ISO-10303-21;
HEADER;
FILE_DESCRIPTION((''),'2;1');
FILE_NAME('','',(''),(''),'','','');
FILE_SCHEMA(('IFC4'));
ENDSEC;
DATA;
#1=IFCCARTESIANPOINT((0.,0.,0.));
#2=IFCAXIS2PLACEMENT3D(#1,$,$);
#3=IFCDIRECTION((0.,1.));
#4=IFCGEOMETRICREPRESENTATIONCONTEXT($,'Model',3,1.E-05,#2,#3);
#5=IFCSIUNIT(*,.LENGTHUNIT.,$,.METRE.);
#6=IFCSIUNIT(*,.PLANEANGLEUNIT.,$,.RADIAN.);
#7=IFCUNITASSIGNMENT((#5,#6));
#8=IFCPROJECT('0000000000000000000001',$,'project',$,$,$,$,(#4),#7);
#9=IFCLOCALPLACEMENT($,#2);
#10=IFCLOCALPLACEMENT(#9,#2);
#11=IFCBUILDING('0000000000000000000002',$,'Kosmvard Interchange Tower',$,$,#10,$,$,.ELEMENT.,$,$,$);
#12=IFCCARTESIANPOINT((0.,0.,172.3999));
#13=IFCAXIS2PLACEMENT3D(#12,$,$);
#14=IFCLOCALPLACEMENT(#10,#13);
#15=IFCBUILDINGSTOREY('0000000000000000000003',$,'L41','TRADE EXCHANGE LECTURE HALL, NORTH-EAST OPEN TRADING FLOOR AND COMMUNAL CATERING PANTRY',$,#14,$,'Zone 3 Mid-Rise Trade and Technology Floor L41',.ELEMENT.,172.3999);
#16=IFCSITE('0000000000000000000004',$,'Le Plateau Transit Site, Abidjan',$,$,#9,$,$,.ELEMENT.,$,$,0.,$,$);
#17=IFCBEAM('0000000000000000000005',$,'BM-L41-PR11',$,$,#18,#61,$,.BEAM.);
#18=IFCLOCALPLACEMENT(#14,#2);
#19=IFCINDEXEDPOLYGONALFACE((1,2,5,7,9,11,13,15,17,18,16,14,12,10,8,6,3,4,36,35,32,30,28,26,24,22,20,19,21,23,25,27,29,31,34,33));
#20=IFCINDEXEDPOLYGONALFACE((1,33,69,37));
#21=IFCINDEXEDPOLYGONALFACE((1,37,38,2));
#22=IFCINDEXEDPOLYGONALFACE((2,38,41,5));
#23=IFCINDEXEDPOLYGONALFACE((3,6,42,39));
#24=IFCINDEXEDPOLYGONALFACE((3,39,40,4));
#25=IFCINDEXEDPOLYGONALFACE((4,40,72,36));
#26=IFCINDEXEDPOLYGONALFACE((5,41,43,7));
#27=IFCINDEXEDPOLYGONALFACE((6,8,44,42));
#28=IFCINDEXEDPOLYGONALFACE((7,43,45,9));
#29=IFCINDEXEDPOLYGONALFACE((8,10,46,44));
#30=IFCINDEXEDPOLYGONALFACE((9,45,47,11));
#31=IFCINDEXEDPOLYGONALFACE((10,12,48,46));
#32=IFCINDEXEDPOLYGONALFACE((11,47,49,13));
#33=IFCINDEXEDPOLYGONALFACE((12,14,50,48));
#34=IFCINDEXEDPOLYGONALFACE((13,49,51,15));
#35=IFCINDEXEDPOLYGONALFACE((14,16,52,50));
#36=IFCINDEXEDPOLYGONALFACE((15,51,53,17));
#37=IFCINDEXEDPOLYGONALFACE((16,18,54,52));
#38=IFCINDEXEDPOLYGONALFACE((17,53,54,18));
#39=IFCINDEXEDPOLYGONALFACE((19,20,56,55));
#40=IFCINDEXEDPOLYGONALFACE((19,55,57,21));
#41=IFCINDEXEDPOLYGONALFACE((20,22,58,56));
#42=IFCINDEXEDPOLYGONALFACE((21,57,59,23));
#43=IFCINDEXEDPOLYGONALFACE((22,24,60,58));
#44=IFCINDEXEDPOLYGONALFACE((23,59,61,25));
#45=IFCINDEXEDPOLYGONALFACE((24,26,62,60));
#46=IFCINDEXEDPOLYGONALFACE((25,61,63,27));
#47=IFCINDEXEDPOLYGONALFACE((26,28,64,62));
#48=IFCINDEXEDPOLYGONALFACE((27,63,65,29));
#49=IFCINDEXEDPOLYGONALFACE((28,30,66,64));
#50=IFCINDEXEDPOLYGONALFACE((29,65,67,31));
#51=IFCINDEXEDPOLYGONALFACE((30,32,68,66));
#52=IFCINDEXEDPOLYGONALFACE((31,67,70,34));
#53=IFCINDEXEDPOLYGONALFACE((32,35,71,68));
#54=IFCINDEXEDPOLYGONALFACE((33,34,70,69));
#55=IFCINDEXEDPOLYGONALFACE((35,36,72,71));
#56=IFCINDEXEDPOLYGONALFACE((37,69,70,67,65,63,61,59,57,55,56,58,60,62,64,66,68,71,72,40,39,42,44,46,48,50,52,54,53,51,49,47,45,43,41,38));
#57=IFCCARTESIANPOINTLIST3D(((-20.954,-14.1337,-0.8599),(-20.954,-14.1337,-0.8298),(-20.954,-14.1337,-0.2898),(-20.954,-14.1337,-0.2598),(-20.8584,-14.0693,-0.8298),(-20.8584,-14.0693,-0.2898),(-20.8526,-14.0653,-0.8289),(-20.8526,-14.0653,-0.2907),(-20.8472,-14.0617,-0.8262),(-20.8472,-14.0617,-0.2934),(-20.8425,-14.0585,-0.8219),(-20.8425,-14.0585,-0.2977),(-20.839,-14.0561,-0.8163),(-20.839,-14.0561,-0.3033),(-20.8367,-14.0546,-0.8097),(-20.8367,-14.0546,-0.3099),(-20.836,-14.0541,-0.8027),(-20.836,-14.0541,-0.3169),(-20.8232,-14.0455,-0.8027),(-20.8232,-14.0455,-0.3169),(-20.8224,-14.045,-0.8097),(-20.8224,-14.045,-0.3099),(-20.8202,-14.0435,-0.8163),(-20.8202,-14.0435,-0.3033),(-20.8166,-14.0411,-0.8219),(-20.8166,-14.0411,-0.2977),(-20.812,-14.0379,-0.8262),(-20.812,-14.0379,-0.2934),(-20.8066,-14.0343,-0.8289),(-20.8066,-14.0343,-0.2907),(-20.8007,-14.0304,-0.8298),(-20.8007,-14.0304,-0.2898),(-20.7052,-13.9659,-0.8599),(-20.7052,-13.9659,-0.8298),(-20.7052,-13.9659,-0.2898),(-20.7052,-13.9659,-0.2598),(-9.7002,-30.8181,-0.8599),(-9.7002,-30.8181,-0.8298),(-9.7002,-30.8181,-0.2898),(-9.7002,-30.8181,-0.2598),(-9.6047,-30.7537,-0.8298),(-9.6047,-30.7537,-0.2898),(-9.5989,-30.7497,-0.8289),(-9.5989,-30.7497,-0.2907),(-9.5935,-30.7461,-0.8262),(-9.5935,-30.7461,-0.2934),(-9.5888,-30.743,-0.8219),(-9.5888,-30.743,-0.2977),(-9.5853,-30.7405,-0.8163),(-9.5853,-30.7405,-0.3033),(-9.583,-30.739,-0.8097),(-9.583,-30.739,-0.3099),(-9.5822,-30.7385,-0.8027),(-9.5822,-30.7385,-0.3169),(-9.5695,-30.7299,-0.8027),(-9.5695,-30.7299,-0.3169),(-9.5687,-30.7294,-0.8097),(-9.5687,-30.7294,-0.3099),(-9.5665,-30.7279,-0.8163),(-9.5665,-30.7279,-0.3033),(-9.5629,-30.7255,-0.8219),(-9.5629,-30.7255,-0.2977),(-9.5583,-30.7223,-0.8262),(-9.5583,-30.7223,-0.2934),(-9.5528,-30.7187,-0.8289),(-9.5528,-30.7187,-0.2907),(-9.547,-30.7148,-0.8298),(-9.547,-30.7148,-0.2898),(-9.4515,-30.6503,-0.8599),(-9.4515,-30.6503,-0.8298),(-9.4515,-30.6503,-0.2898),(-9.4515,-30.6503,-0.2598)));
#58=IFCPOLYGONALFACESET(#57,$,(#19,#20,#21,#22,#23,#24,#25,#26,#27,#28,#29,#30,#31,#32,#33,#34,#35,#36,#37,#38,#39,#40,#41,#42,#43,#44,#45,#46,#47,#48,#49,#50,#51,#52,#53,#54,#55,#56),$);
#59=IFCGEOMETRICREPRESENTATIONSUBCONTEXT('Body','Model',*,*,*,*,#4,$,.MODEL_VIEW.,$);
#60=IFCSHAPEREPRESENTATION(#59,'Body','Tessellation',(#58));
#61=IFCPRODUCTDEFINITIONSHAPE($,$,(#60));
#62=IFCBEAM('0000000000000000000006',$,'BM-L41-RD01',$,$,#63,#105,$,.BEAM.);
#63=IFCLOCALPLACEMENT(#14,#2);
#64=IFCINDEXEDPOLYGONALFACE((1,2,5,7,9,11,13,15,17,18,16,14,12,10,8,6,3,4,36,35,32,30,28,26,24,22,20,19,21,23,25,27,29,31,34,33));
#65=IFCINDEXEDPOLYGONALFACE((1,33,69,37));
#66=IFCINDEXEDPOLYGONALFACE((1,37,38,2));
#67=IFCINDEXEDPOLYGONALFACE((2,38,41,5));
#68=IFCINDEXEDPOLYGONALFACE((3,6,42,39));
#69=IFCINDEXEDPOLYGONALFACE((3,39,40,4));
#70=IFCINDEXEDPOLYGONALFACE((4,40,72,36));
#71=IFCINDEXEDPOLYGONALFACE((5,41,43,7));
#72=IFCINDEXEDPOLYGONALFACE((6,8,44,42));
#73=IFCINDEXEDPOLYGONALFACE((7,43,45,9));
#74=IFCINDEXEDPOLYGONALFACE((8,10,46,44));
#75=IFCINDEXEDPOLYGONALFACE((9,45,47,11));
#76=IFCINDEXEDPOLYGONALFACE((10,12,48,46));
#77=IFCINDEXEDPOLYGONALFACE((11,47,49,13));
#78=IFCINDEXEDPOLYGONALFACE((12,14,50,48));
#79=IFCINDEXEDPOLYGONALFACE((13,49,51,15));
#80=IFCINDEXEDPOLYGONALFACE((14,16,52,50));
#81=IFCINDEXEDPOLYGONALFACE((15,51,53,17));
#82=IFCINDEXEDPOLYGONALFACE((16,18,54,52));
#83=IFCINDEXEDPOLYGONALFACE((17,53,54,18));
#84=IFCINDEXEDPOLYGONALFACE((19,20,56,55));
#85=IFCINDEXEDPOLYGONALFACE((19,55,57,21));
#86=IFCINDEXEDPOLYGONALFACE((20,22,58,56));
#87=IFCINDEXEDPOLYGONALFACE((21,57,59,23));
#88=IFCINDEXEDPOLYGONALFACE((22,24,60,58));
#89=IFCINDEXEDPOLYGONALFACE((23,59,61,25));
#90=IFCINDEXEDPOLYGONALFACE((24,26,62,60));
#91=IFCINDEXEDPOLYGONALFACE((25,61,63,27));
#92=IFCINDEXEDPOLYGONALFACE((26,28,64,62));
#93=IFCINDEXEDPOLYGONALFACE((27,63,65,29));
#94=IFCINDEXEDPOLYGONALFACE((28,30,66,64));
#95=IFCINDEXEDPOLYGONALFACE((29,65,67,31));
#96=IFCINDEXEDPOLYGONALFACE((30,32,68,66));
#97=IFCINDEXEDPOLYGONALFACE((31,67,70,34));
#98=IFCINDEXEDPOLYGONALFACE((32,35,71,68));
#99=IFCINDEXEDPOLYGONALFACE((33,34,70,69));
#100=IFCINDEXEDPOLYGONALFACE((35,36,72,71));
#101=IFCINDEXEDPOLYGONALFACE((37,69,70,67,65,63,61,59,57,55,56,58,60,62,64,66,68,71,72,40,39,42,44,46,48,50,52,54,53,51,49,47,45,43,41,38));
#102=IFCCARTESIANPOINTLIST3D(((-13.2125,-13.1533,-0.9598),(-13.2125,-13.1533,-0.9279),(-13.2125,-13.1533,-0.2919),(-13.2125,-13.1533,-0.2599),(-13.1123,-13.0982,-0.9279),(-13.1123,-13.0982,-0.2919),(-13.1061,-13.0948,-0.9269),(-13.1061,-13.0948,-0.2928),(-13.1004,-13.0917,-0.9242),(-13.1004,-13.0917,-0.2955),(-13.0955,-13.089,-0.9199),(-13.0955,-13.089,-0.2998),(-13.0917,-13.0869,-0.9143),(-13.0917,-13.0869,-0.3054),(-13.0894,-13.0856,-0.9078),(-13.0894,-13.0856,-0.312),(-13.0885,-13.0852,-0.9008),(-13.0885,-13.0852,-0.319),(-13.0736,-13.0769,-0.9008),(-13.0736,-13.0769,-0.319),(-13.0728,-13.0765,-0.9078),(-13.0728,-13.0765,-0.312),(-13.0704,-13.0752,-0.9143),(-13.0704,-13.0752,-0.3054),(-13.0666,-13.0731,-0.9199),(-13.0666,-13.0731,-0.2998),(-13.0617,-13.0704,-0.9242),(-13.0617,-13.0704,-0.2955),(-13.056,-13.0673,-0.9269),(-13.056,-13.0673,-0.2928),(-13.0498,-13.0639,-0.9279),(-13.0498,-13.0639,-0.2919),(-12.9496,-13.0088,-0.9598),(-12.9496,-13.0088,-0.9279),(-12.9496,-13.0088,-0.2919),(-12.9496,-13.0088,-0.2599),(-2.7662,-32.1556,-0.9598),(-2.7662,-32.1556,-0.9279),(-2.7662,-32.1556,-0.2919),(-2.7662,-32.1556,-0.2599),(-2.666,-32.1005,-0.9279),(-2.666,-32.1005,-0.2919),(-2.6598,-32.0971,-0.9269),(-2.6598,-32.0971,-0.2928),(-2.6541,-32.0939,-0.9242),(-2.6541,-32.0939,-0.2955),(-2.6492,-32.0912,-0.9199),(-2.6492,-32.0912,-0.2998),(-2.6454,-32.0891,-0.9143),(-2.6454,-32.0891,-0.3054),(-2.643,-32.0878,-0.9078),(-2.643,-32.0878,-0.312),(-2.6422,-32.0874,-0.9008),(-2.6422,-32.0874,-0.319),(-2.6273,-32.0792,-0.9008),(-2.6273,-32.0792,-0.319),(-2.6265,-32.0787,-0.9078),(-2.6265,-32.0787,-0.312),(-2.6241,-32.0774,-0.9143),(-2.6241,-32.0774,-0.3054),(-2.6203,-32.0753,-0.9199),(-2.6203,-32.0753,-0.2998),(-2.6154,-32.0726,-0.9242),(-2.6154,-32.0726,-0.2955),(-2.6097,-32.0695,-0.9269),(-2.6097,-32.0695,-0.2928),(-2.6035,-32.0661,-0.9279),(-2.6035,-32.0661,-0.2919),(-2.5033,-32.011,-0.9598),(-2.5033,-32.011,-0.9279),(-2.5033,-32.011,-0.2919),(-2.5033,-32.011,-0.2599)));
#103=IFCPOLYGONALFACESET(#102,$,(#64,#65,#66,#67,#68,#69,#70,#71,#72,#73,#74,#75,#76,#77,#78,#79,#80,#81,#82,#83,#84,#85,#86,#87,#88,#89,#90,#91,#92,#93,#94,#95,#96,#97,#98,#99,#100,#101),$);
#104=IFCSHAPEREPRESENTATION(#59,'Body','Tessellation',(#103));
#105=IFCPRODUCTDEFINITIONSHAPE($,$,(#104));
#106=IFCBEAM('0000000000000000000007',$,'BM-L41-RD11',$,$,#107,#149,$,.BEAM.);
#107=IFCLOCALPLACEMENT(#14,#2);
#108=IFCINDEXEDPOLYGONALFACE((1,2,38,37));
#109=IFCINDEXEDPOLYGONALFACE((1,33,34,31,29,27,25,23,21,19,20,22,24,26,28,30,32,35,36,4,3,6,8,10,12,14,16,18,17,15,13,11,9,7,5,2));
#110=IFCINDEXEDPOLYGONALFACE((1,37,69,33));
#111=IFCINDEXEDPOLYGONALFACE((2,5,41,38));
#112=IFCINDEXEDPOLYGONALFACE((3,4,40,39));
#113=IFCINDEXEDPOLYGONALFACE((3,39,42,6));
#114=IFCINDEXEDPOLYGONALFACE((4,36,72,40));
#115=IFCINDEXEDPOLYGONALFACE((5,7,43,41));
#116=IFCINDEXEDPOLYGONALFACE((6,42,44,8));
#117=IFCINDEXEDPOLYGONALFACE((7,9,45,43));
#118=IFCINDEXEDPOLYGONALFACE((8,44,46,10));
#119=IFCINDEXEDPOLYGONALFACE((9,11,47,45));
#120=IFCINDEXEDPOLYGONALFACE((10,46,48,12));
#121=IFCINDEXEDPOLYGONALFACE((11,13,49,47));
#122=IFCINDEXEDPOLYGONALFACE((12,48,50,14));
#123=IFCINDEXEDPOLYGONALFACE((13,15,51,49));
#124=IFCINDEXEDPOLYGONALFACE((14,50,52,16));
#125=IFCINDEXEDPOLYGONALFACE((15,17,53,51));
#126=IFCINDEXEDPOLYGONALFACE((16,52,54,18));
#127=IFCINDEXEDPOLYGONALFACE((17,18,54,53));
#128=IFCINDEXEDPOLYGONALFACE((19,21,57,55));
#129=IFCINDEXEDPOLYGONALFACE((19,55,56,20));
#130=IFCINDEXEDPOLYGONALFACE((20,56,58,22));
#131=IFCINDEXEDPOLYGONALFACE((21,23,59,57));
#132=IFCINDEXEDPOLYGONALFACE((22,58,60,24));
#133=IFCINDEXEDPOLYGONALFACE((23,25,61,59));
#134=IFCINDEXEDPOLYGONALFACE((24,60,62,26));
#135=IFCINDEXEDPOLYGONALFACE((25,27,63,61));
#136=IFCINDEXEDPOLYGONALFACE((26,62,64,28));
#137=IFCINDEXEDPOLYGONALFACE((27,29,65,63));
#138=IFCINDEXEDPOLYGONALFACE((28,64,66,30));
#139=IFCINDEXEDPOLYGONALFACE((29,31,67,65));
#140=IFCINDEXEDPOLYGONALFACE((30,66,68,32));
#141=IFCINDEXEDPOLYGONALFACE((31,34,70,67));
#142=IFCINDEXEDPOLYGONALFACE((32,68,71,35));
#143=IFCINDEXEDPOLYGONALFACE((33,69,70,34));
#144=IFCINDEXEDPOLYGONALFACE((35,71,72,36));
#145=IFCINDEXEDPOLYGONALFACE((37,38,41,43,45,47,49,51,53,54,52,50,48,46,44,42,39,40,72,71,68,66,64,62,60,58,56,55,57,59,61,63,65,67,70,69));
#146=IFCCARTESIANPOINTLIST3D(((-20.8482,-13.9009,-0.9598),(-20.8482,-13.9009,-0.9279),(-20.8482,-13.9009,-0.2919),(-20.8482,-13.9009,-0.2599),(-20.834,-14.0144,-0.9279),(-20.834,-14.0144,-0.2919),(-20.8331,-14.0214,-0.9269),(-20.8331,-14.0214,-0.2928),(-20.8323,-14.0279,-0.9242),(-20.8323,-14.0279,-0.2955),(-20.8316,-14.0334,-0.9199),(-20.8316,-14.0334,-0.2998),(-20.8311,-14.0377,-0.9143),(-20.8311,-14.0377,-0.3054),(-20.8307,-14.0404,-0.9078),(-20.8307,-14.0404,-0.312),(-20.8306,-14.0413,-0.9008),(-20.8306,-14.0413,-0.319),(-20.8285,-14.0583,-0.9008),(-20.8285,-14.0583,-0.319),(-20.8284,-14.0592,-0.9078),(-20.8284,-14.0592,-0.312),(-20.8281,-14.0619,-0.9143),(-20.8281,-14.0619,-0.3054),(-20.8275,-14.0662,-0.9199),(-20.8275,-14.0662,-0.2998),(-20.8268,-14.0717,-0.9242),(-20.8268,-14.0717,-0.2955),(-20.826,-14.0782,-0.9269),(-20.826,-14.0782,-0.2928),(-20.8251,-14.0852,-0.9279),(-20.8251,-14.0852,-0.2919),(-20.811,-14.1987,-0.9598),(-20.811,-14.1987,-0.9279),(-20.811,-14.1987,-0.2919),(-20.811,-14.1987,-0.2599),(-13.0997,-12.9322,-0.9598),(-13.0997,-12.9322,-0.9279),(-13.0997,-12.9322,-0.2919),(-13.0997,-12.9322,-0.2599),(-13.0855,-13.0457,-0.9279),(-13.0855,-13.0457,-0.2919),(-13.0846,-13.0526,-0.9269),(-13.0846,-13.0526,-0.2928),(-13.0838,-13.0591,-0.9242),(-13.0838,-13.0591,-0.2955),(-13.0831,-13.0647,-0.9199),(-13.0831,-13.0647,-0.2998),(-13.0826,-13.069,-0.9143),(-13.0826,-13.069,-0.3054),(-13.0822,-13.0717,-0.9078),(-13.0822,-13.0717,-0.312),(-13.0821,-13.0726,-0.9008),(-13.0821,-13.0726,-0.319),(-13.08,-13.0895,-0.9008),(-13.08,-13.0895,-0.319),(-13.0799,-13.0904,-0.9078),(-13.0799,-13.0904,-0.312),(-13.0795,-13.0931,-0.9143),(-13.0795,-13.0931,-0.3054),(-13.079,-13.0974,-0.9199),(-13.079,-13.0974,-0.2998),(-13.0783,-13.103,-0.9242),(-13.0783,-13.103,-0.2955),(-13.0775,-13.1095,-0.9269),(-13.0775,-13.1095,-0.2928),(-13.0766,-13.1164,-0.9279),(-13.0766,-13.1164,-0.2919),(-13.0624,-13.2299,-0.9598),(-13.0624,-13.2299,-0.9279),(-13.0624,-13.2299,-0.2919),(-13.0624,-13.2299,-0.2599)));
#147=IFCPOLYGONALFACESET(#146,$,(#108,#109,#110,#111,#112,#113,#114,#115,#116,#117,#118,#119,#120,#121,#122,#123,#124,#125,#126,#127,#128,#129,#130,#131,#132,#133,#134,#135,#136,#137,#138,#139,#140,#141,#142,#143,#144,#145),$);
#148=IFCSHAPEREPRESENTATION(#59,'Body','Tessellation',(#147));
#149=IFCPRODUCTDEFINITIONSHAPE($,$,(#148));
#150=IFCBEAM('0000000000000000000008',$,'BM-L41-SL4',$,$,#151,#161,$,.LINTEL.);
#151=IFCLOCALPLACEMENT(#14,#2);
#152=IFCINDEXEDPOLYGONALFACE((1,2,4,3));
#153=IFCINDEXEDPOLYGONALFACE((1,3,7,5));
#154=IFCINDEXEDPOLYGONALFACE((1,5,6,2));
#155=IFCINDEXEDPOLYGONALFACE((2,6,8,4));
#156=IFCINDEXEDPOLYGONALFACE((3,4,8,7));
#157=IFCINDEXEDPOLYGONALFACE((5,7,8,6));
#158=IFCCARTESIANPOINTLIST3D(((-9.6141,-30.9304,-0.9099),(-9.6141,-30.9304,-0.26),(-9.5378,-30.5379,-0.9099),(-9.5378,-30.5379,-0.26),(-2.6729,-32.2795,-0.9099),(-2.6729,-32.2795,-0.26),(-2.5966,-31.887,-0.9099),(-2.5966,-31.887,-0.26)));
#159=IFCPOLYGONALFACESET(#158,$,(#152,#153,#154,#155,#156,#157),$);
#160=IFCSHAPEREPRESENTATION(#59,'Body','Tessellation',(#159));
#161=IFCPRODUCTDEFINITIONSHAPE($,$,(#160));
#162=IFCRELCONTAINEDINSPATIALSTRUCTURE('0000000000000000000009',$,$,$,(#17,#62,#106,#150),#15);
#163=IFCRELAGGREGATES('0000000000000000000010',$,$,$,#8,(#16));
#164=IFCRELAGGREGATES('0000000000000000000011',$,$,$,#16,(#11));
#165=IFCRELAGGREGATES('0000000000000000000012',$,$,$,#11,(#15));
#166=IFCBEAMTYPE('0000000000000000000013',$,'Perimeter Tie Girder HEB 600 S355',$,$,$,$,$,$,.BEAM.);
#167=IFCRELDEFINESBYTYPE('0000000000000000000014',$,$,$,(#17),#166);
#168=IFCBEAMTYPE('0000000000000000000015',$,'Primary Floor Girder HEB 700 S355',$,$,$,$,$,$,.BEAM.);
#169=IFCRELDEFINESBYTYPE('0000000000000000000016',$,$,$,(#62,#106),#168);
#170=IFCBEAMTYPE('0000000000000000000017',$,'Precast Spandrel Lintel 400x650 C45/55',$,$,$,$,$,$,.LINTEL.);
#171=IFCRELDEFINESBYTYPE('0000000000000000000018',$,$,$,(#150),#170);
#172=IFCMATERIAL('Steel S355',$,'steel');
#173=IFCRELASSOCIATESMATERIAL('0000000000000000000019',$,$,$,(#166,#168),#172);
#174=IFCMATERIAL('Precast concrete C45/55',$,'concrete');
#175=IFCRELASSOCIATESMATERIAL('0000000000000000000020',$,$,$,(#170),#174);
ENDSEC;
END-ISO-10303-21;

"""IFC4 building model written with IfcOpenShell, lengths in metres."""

from ifc_helpers import new_model, si_unit, direction, frame, origin, origin_2d, place, context, subcontext, project, spatial, rectangle, i_section, extrude, source, transform, mapped, material, material_profile, profile_set, type_object, element, save


model = new_model("IFC4")

# Units and contexts
model_context = context("Model", 3, precision=1e-05, world=origin(), true_north=direction((0.0, 1.0)))
body_context = subcontext(model_context, "Body", "Model", "MODEL_VIEW")
ifc_project = project(units=[si_unit("LENGTHUNIT", "METRE"), si_unit("PLANEANGLEUNIT", "RADIAN")], contexts=[model_context])

# Site, building, storey
site_placement = place(None, origin())
site = spatial("IfcSite", under=ifc_project, at=site_placement, Name="Le Plateau Transit Site, Abidjan", CompositionType="ELEMENT", RefElevation=0.0)
building_placement = place(site_placement, origin())
building = spatial("IfcBuilding", under=site, at=building_placement, Name="Kosmvard Interchange Tower", CompositionType="ELEMENT")
storey_placement = place(building_placement, frame((0.0, 0.0, 172.3999)))
storey = spatial("IfcBuildingStorey", under=building, at=storey_placement, Name="L41", Description="TRADE EXCHANGE LECTURE HALL, NORTH-EAST OPEN TRADING FLOOR AND COMMUNAL CATERING PANTRY", LongName="Zone 3 Mid-Rise Trade and Technology Floor L41", CompositionType="ELEMENT", Elevation=172.3999)

# Beams
ifc_material_1 = material(Name="Steel S355", Category="steel")
ifc_material_profile_1 = material_profile(ifc_material_1, i_section(OverallWidth=0.3, OverallDepth=0.6001, WebThickness=0.0154, FlangeThickness=0.03, FilletRadius=0.0271, at=origin_2d()), Name="HEB 600")
ifc_profile_set_1 = profile_set([ifc_material_profile_1], Name="Steel S355")
beam_type_1 = type_object("IfcBeamType", Name="Perimeter Tie Girder HEB 600 S355", PredefinedType="BEAM", material=ifc_profile_set_1)
shared_shape_1 = source(origin(), body_context, "Body", "SweptSolid", [
    extrude(i_section(OverallWidth=0.3, OverallDepth=0.6001, WebThickness=0.0154, FlangeThickness=0.03, FilletRadius=0.0271, at=origin_2d()), origin(), (0.0, 0.0, 1.0), 20.125),
])
for number, where, z_axis, x_axis, name in (
    (1, (-20.8296, -14.0498, -0.5598), (0.559191, -0.829039, 0.0), (0.829039, 0.559191, 0.0), "BM-L41-PR11"),
):
    element("IfcBeam", number, at=place(storey_placement, frame(where, z_axis=z_axis, x_axis=x_axis)), inside=storey, type_object=beam_type_1, Name=name, PredefinedType="BEAM", context=body_context, shape_type="MappedRepresentation", body=[
        mapped(shared_shape_1, transform((0.0, 0.0, 0.0), scale=1.0)),
    ])
ifc_material_profile_2 = material_profile(ifc_material_1, i_section(OverallWidth=0.3, OverallDepth=0.7, WebThickness=0.0171, FlangeThickness=0.032, FilletRadius=0.0271, at=origin_2d()), Name="HEB 700")
ifc_profile_set_2 = profile_set([ifc_material_profile_2], Name="Steel S355")
beam_type_2 = type_object("IfcBeamType", Name="Primary Floor Girder HEB 700 S355", PredefinedType="BEAM", material=ifc_profile_set_2)
shared_shape_2 = source(origin(), body_context, "Body", "SweptSolid", [
    extrude(i_section(OverallWidth=0.3, OverallDepth=0.7, WebThickness=0.0171, FlangeThickness=0.032, FilletRadius=0.0271, at=origin_2d()), origin(), (0.0, 0.0, 1.0), 21.6843),
])
beam_1_placement = place(storey_placement, frame((-13.0811, -13.0811, -0.6099), z_axis=(0.481745, -0.876312, 0.0), x_axis=(0.876312, 0.481745, 0.0)))
element("IfcBeam", 2, at=beam_1_placement, inside=storey, type_object=beam_type_2, Name="BM-L41-RD01", PredefinedType="BEAM", context=body_context, shape_type="MappedRepresentation", body=[
    mapped(shared_shape_2, transform((0.0, 0.0, 0.0), scale=1.0)),
])
shared_shape_3 = source(origin(), body_context, "Body", "SweptSolid", [
    extrude(i_section(OverallWidth=0.3, OverallDepth=0.7, WebThickness=0.0171, FlangeThickness=0.032, FilletRadius=0.0271, at=origin_2d()), origin(), (0.0, 0.0, 1.0), 7.8088),
])
beam_2_placement = place(storey_placement, frame((-13.0811, -13.0811, -0.6099), z_axis=(-0.992275, -0.124058, 0.0), x_axis=(0.124058, -0.992275, 0.0)))
element("IfcBeam", 3, at=beam_2_placement, inside=storey, type_object=beam_type_2, Name="BM-L41-RD11", PredefinedType="BEAM", context=body_context, shape_type="MappedRepresentation", body=[
    mapped(shared_shape_3, transform((0.0, 0.0, 0.0), scale=1.0)),
])
ifc_material_2 = material(Name="Precast concrete C45/55", Category="concrete")
ifc_material_profile_3 = material_profile(ifc_material_2, rectangle(XDim=0.3999, YDim=0.6499, at=origin_2d()), Name="SL 400x650")
ifc_profile_set_3 = profile_set([ifc_material_profile_3], Name="Precast concrete C45/55")
beam_type_3 = type_object("IfcBeamType", Name="Precast Spandrel Lintel 400x650 C45/55", PredefinedType="LINTEL", material=ifc_profile_set_3)
shared_shape_4 = source(origin(), body_context, "Body", "SweptSolid", [
    extrude(rectangle(XDim=0.3999, YDim=0.6499, at=origin_2d()), origin(), (0.0, 0.0, 1.0), 7.071),
])
beam_3_placement = place(storey_placement, frame((-9.5759, -30.7341, -0.585), z_axis=(0.98163, -0.190795, 0.0), x_axis=(0.190795, 0.98163, 0.0)))
element("IfcBeam", 4, at=beam_3_placement, inside=storey, type_object=beam_type_3, Name="BM-L41-SL4", PredefinedType="LINTEL", context=body_context, shape_type="MappedRepresentation", body=[
    mapped(shared_shape_4, transform((0.0, 0.0, 0.0), scale=1.0)),
])

save(model, "model.ifc")
